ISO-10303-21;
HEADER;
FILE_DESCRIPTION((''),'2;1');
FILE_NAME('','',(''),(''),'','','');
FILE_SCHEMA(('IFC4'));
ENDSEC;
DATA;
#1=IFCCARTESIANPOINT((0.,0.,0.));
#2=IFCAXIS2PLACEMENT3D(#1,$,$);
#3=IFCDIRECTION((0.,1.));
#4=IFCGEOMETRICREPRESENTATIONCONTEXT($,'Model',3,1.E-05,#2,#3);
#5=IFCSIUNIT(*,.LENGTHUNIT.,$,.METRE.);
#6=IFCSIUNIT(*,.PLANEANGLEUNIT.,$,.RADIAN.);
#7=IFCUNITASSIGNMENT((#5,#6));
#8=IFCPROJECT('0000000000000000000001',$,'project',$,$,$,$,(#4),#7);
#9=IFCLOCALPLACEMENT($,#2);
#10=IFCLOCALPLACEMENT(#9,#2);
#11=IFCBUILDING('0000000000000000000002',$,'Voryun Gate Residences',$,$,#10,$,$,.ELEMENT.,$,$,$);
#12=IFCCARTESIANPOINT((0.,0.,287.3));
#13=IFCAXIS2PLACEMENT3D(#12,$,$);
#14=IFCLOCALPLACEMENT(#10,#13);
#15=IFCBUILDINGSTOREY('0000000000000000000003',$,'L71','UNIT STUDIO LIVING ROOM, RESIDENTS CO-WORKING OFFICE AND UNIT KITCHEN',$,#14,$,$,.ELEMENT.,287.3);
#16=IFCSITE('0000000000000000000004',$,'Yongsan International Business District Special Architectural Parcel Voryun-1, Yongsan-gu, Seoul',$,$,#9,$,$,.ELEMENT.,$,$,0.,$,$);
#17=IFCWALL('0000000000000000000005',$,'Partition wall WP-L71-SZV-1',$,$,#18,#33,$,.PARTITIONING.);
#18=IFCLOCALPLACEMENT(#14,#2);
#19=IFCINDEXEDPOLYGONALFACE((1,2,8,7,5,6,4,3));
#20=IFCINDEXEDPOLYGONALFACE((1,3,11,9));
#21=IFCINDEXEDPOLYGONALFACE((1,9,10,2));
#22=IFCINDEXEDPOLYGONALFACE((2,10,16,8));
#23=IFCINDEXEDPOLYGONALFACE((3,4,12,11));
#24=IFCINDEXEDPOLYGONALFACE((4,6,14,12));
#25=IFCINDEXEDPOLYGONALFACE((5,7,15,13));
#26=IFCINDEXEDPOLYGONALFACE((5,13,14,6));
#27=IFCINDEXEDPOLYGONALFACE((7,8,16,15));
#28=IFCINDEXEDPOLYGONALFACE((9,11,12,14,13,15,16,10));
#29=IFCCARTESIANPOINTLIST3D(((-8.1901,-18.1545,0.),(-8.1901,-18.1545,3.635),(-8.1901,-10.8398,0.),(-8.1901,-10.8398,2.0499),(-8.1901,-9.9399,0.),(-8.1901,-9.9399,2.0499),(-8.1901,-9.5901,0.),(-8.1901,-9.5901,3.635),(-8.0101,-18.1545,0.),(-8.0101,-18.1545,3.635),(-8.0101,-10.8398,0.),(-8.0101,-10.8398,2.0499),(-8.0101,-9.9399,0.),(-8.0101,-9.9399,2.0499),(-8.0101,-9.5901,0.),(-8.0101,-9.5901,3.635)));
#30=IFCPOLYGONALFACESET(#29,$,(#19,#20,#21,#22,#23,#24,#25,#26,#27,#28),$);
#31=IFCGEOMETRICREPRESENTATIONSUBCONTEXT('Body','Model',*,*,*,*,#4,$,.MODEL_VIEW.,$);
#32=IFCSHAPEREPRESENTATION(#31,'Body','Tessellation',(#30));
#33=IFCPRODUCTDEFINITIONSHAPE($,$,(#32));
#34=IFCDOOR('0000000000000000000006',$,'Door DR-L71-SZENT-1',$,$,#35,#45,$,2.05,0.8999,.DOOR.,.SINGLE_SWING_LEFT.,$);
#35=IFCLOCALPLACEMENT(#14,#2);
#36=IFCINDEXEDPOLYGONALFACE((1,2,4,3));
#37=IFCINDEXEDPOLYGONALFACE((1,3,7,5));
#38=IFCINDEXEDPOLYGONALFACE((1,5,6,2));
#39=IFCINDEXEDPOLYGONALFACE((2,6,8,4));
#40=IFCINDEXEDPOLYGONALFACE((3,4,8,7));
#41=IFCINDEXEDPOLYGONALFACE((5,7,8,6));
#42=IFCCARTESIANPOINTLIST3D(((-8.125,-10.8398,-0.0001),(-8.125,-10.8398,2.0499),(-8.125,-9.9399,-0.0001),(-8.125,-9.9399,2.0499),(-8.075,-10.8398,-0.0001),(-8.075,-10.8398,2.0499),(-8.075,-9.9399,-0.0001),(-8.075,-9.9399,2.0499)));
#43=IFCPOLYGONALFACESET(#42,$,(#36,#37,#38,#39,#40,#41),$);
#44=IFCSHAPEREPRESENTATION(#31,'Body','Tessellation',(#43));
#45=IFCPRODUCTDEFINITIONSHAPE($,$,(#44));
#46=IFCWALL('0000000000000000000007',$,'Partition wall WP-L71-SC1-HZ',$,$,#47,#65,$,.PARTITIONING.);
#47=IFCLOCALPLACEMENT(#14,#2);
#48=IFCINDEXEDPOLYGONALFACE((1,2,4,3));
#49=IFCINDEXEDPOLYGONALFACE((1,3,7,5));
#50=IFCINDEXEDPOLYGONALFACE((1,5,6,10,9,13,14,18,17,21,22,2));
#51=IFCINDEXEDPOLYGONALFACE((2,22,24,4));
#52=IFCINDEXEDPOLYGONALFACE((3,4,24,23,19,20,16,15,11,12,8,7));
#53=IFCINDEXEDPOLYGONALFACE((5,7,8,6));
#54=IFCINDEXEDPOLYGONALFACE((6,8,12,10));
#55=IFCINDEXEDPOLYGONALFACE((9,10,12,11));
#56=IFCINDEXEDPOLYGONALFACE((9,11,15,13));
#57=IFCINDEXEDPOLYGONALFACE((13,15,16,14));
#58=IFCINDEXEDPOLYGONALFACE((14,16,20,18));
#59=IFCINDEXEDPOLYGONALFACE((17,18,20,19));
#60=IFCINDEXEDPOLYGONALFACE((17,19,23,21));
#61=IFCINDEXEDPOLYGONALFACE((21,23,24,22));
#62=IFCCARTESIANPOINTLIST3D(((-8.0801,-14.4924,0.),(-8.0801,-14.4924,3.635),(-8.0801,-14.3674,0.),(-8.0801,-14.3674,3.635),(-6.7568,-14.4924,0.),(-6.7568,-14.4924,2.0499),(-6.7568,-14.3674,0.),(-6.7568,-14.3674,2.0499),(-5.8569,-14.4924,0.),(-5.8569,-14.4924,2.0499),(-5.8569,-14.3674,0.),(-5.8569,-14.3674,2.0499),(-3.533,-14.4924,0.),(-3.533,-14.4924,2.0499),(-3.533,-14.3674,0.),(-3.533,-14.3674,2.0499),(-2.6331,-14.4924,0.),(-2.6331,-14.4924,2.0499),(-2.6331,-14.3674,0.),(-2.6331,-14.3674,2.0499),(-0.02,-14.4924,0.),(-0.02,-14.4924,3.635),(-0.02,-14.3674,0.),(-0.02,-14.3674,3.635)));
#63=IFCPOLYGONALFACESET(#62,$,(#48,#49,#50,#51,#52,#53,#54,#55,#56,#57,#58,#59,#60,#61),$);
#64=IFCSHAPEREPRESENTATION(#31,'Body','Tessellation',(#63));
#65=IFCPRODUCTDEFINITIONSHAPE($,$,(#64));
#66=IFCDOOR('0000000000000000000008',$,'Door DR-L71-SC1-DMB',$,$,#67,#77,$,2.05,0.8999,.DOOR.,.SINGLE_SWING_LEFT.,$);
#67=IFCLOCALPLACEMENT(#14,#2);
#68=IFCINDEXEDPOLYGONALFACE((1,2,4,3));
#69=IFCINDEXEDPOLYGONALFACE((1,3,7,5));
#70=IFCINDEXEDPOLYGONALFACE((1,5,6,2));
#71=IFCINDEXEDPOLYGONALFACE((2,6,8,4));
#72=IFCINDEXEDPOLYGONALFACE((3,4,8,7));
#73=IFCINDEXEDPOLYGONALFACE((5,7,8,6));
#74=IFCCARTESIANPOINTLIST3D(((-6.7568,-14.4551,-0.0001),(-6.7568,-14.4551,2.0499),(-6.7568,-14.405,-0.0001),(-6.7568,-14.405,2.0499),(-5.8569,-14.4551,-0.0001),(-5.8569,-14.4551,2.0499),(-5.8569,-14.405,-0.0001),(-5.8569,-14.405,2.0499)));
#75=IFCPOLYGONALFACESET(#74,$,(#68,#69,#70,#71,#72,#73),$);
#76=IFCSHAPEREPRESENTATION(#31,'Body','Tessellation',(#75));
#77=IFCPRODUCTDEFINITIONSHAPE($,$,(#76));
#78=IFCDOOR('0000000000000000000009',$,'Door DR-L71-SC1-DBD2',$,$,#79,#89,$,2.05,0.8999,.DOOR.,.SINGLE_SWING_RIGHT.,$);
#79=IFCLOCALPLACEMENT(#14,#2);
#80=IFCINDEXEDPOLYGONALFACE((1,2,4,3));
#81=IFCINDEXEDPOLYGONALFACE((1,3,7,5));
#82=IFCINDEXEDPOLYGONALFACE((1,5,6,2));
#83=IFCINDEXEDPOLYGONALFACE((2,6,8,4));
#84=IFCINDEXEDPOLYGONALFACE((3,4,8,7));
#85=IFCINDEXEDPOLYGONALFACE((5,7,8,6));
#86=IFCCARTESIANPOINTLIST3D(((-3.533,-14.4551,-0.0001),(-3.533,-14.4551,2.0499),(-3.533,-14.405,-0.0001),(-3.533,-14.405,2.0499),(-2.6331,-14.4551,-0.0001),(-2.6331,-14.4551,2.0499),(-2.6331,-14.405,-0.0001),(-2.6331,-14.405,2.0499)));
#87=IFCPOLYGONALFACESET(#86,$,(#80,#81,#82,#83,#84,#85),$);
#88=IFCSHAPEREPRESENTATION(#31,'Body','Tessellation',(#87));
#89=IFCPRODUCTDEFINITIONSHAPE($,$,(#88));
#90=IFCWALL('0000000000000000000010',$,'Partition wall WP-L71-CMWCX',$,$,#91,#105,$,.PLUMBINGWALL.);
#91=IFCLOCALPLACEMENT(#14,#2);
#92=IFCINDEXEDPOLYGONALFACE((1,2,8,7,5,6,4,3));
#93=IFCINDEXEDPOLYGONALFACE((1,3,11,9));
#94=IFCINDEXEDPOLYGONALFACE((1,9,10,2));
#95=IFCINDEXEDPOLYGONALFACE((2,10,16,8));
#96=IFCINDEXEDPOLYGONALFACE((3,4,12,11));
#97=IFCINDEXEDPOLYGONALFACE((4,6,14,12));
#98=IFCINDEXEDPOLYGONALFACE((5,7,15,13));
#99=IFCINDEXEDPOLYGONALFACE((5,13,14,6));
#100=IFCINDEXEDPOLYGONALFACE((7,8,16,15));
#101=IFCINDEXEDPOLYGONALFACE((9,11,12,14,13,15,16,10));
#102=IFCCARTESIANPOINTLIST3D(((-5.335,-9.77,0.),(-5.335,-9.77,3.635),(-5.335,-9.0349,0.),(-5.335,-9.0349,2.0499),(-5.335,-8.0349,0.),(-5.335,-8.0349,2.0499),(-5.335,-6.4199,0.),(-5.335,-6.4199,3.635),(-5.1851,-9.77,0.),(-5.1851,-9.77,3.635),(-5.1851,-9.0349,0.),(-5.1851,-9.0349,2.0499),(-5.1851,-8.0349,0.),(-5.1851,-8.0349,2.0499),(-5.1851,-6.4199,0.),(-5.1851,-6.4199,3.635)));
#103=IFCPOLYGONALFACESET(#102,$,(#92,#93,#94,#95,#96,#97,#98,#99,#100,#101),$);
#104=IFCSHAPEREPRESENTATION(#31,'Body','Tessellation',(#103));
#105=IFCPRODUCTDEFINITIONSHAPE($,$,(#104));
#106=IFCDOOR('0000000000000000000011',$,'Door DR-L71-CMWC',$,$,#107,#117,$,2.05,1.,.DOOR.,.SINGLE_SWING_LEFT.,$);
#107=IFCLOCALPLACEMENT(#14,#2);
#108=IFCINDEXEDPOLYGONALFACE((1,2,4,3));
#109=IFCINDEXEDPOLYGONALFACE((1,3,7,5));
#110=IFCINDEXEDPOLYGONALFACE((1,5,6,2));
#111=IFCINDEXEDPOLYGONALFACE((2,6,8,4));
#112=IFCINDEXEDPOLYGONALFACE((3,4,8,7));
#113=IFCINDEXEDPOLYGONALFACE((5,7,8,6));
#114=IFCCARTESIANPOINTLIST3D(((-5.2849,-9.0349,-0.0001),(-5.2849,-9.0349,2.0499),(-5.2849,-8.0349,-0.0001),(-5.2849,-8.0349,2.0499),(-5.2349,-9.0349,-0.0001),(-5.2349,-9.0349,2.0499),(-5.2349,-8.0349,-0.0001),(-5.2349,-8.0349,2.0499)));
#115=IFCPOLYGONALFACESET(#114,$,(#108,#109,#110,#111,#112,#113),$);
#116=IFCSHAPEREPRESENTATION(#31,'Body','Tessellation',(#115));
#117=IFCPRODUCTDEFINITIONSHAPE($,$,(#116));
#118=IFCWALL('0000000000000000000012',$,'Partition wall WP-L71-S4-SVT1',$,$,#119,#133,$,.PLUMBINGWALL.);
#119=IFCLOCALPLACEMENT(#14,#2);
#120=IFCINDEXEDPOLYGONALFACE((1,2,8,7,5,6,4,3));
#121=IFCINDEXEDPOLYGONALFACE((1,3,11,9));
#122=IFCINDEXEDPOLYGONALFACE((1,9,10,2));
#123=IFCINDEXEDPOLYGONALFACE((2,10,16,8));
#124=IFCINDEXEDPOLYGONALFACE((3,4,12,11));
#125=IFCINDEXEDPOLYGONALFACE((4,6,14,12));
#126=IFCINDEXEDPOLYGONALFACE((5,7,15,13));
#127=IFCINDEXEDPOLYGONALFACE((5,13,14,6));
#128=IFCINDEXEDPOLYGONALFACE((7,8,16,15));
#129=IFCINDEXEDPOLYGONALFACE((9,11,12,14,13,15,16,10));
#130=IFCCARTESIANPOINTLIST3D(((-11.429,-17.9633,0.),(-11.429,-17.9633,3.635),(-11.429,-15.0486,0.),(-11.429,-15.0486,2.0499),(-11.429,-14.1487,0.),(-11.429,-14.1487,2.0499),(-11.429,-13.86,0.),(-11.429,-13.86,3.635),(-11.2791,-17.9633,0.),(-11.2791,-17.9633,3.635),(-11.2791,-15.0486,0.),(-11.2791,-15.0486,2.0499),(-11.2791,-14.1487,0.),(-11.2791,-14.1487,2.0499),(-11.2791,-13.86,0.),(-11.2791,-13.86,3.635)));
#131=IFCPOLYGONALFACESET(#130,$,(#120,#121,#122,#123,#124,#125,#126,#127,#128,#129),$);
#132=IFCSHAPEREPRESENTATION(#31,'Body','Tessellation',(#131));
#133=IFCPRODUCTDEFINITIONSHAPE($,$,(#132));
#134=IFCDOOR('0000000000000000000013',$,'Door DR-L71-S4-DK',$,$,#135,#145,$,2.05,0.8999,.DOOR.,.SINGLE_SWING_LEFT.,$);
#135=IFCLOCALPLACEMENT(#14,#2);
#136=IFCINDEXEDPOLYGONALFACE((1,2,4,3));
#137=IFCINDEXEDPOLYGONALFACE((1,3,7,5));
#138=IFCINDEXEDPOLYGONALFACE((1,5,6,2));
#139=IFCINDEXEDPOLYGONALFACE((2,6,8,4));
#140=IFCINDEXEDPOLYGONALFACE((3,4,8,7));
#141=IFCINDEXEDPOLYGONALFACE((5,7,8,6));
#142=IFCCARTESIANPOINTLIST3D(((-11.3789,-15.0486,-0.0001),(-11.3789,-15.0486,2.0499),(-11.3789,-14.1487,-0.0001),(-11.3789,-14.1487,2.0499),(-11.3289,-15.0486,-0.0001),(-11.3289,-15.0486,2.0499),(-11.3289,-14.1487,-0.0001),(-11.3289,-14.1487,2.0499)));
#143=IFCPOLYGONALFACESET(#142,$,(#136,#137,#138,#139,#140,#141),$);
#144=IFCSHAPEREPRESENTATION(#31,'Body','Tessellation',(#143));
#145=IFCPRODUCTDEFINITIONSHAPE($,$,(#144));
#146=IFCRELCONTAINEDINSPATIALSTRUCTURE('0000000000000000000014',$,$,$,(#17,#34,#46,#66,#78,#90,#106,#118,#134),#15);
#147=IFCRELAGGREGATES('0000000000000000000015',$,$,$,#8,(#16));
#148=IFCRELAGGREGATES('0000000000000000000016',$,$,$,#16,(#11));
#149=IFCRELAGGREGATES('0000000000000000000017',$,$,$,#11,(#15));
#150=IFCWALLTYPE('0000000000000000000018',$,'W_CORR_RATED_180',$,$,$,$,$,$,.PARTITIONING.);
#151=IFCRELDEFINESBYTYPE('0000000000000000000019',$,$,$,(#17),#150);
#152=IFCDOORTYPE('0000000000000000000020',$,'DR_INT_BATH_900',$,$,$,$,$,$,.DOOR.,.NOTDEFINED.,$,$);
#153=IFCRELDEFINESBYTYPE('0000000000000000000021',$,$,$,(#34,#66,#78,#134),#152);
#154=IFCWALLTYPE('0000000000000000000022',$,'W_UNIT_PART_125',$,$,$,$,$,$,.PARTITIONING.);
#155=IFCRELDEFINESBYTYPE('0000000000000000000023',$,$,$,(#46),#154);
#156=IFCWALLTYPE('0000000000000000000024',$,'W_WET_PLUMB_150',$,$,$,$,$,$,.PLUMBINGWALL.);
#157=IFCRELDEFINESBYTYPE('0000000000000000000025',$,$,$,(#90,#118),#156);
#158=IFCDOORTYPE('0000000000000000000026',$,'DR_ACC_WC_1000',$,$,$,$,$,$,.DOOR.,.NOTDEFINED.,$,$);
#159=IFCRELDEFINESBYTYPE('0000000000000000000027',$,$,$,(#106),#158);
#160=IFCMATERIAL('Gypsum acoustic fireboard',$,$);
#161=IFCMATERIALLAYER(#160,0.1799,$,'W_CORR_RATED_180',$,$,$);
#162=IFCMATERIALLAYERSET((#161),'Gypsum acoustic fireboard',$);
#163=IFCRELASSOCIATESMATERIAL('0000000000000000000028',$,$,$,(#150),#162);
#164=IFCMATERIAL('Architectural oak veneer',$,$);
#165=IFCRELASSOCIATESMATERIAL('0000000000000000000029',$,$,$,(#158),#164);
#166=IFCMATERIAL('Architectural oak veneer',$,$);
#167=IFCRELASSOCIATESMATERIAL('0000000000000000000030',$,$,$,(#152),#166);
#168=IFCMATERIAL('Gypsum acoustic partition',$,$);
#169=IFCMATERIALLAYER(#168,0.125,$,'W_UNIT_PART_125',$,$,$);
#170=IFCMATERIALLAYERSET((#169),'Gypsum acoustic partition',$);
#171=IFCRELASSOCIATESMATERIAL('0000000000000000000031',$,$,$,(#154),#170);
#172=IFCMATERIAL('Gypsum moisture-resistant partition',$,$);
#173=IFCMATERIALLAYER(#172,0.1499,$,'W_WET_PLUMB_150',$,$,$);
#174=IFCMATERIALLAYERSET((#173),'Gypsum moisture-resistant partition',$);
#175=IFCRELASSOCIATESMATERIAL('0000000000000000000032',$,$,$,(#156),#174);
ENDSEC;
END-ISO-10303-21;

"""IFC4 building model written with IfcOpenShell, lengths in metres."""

from ifc_helpers import new_model, si_unit, direction, frame, frame_2d, origin, place, context, subcontext, project, spatial, rectangle, extrude, material, layer, layer_set, type_object, element, fill, save


model = new_model("IFC4")

# Units and contexts
model_context = context("Model", 3, precision=1e-05, world=origin(), true_north=direction((0.0, 1.0)))
body_context = subcontext(model_context, "Body", "Model", "MODEL_VIEW")
ifc_project = project(units=[si_unit("LENGTHUNIT", "METRE"), si_unit("PLANEANGLEUNIT", "RADIAN")], contexts=[model_context])

# Site, building, storey
site_placement = place(None, origin())
site = spatial("IfcSite", under=ifc_project, at=site_placement, Name="Yongsan International Business District Special Architectural Parcel Voryun-1, Yongsan-gu, Seoul", CompositionType="ELEMENT", RefElevation=0.0)
building_placement = place(site_placement, origin())
building = spatial("IfcBuilding", under=site, at=building_placement, Name="Voryun Gate Residences", CompositionType="ELEMENT")
storey_placement = place(building_placement, frame((0.0, 0.0, 287.3)))
storey = spatial("IfcBuildingStorey", under=building, at=storey_placement, Name="L71", Description="UNIT STUDIO LIVING ROOM, RESIDENTS CO-WORKING OFFICE AND UNIT KITCHEN", CompositionType="ELEMENT", Elevation=287.3)

# Shared definitions
ifc_material_1 = material(Name="Gypsum acoustic fireboard")
ifc_layer_1 = layer(ifc_material_1, 0.1799, Name="W_CORR_RATED_180")
ifc_layer_set_1 = layer_set([ifc_layer_1], Name="Gypsum acoustic fireboard")
wall_type_1 = type_object("IfcWallType", Name="W_CORR_RATED_180", PredefinedType="PARTITIONING", material=ifc_layer_set_1)

# Shared definitions
ifc_material_2 = material(Name="Architectural oak veneer")
door_type_1 = type_object("IfcDoorType", Name="DR_ACC_WC_1000", OperationType="NOTDEFINED", PredefinedType="DOOR", material=ifc_material_2)

# Wall, opening, door
wall_1_placement = place(storey_placement, frame((-8.1001, -18.1545, 0.0), z_axis=(0.0, 0.0, 1.0), x_axis=(0.0, 1.0, 0.0)))
wall_1 = element("IfcWall", 1, at=wall_1_placement, inside=storey, type_object=wall_type_1, Name="Partition wall WP-L71-SZV-1", PredefinedType="PARTITIONING", context=body_context, shape_type="SweptSolid", body=[
    extrude(rectangle(XDim=8.5645, YDim=0.1799, at=frame_2d((4.2822, 0.0))), origin(), (0.0, 0.0, 1.0), 3.635),
])
opening_1_placement = place(wall_1_placement, frame((7.3147, 0.0, 0.0)))
opening_1 = element("IfcOpeningElement", 2, at=opening_1_placement, cuts=wall_1, PredefinedType="OPENING", context=body_context, shape_type="SweptSolid", body=[
    extrude(rectangle(XDim=0.8999, YDim=2.05, at=frame_2d((0.45, 1.0249))), frame((0.0, 0.0999, 0.0), z_axis=(0.0, -1.0, 0.0), x_axis=(1.0, 0.0, 0.0)), (0.0, 0.0, 1.0), 0.2),
])
ifc_material_3 = material(Name="Architectural oak veneer")
door_type_2 = type_object("IfcDoorType", Name="DR_INT_BATH_900", OperationType="NOTDEFINED", PredefinedType="DOOR", material=ifc_material_3)
door_1_placement = place(opening_1_placement, origin())
door_1 = element("IfcDoor", 3, at=door_1_placement, inside=storey, type_object=door_type_2, Name="Door DR-L71-SZENT-1", OperationType="SINGLE_SWING_LEFT", OverallHeight=2.05, OverallWidth=0.8999, PredefinedType="DOOR", context=body_context, shape_type="SweptSolid", body=[
    extrude(rectangle(XDim=0.8999, YDim=2.05, at=frame_2d((0.45, 1.0249))), frame((0.0, 0.0249, 0.0), z_axis=(0.0, -1.0, 0.0), x_axis=(1.0, 0.0, 0.0)), (0.0, 0.0, 1.0), 0.05),
])
fill(opening_1, door_1)

# Wall, openings, doors
ifc_material_4 = material(Name="Gypsum acoustic partition")
ifc_layer_2 = layer(ifc_material_4, 0.125, Name="W_UNIT_PART_125")
ifc_layer_set_2 = layer_set([ifc_layer_2], Name="Gypsum acoustic partition")
wall_type_2 = type_object("IfcWallType", Name="W_UNIT_PART_125", PredefinedType="PARTITIONING", material=ifc_layer_set_2)
wall_2_placement = place(storey_placement, frame((-8.0801, -14.4299, 0.0), z_axis=(0.0, 0.0, 1.0), x_axis=(1.0, 0.0, 0.0)))
wall_2 = element("IfcWall", 4, at=wall_2_placement, inside=storey, type_object=wall_type_2, Name="Partition wall WP-L71-SC1-HZ", PredefinedType="PARTITIONING", context=body_context, shape_type="SweptSolid", body=[
    extrude(rectangle(XDim=8.0601, YDim=0.125, at=frame_2d((4.03, 0.0))), origin(), (0.0, 0.0, 1.0), 3.635),
])
opening_2_placement = place(wall_2_placement, frame((1.3232, 0.0, 0.0)))
opening_2 = element("IfcOpeningElement", 5, at=opening_2_placement, cuts=wall_2, PredefinedType="OPENING", context=body_context, shape_type="SweptSolid", body=[
    extrude(rectangle(XDim=0.8999, YDim=2.05, at=frame_2d((0.45, 1.0249))), frame((0.0, 0.0725, 0.0), z_axis=(0.0, -1.0, 0.0), x_axis=(1.0, 0.0, 0.0)), (0.0, 0.0, 1.0), 0.145),
])
opening_3_placement = place(wall_2_placement, frame((4.5471, 0.0, 0.0)))
opening_3 = element("IfcOpeningElement", 6, at=opening_3_placement, cuts=wall_2, PredefinedType="OPENING", context=body_context, shape_type="SweptSolid", body=[
    extrude(rectangle(XDim=0.8999, YDim=2.05, at=frame_2d((0.45, 1.0249))), frame((0.0, 0.0725, 0.0), z_axis=(0.0, -1.0, 0.0), x_axis=(1.0, 0.0, 0.0)), (0.0, 0.0, 1.0), 0.145),
])
door_2_placement = place(opening_2_placement, origin())
door_2 = element("IfcDoor", 7, at=door_2_placement, inside=storey, type_object=door_type_2, Name="Door DR-L71-SC1-DMB", OperationType="SINGLE_SWING_LEFT", OverallHeight=2.05, OverallWidth=0.8999, PredefinedType="DOOR", context=body_context, shape_type="SweptSolid", body=[
    extrude(rectangle(XDim=0.8999, YDim=2.05, at=frame_2d((0.45, 1.0249))), frame((0.0, 0.0249, 0.0), z_axis=(0.0, -1.0, 0.0), x_axis=(1.0, 0.0, 0.0)), (0.0, 0.0, 1.0), 0.05),
])
fill(opening_2, door_2)
door_3_placement = place(opening_3_placement, origin())
door_3 = element("IfcDoor", 8, at=door_3_placement, inside=storey, type_object=door_type_2, Name="Door DR-L71-SC1-DBD2", OperationType="SINGLE_SWING_RIGHT", OverallHeight=2.05, OverallWidth=0.8999, PredefinedType="DOOR", context=body_context, shape_type="SweptSolid", body=[
    extrude(rectangle(XDim=0.8999, YDim=2.05, at=frame_2d((0.45, 1.0249))), frame((0.0, 0.0249, 0.0), z_axis=(0.0, -1.0, 0.0), x_axis=(1.0, 0.0, 0.0)), (0.0, 0.0, 1.0), 0.05),
])
fill(opening_3, door_3)

# Walls, openings, doors
ifc_material_5 = material(Name="Gypsum moisture-resistant partition")
ifc_layer_3 = layer(ifc_material_5, 0.1499, Name="W_WET_PLUMB_150")
ifc_layer_set_3 = layer_set([ifc_layer_3], Name="Gypsum moisture-resistant partition")
wall_type_3 = type_object("IfcWallType", Name="W_WET_PLUMB_150", PredefinedType="PLUMBINGWALL", material=ifc_layer_set_3)
wall_3_placement = place(storey_placement, frame((-5.26, -9.77, 0.0), z_axis=(0.0, 0.0, 1.0), x_axis=(0.0, 1.0, 0.0)))
wall_3 = element("IfcWall", 9, at=wall_3_placement, inside=storey, type_object=wall_type_3, Name="Partition wall WP-L71-CMWCX", PredefinedType="PLUMBINGWALL", context=body_context, shape_type="SweptSolid", body=[
    extrude(rectangle(XDim=3.3501, YDim=0.1499, at=frame_2d((1.675, 0.0))), origin(), (0.0, 0.0, 1.0), 3.635),
])
opening_4_placement = place(wall_3_placement, frame((0.7351, 0.0, 0.0)))
opening_4 = element("IfcOpeningElement", 10, at=opening_4_placement, cuts=wall_3, PredefinedType="OPENING", context=body_context, shape_type="SweptSolid", body=[
    extrude(rectangle(XDim=1.0, YDim=2.05, at=frame_2d((0.5, 1.0249))), frame((0.0, 0.085, 0.0), z_axis=(0.0, -1.0, 0.0), x_axis=(1.0, 0.0, 0.0)), (0.0, 0.0, 1.0), 0.1699),
])
door_4_placement = place(opening_4_placement, origin())
door_4 = element("IfcDoor", 11, at=door_4_placement, inside=storey, type_object=door_type_1, Name="Door DR-L71-CMWC", OperationType="SINGLE_SWING_LEFT", OverallHeight=2.05, OverallWidth=1.0, PredefinedType="DOOR", context=body_context, shape_type="SweptSolid", body=[
    extrude(rectangle(XDim=1.0, YDim=2.05, at=frame_2d((0.5, 1.0249))), frame((0.0, 0.0249, 0.0), z_axis=(0.0, -1.0, 0.0), x_axis=(1.0, 0.0, 0.0)), (0.0, 0.0, 1.0), 0.05),
])
fill(opening_4, door_4)
wall_4_placement = place(storey_placement, frame((-11.354, -17.9634, 0.0), z_axis=(0.0, 0.0, 1.0), x_axis=(0.0, 1.0, 0.0)))
wall_4 = element("IfcWall", 12, at=wall_4_placement, inside=storey, type_object=wall_type_3, Name="Partition wall WP-L71-S4-SVT1", PredefinedType="PLUMBINGWALL", context=body_context, shape_type="SweptSolid", body=[
    extrude(rectangle(XDim=4.1033, YDim=0.1499, at=frame_2d((2.0518, 0.0))), origin(), (0.0, 0.0, 1.0), 3.635),
])
opening_5_placement = place(wall_4_placement, frame((2.9148, 0.0, 0.0)))
opening_5 = element("IfcOpeningElement", 13, at=opening_5_placement, cuts=wall_4, PredefinedType="OPENING", context=body_context, shape_type="SweptSolid", body=[
    extrude(rectangle(XDim=0.8999, YDim=2.05, at=frame_2d((0.45, 1.0249))), frame((0.0, 0.085, 0.0), z_axis=(0.0, -1.0, 0.0), x_axis=(1.0, 0.0, 0.0)), (0.0, 0.0, 1.0), 0.1699),
])
door_5_placement = place(opening_5_placement, origin())
door_5 = element("IfcDoor", 14, at=door_5_placement, inside=storey, type_object=door_type_2, Name="Door DR-L71-S4-DK", OperationType="SINGLE_SWING_LEFT", OverallHeight=2.05, OverallWidth=0.8999, PredefinedType="DOOR", context=body_context, shape_type="SweptSolid", body=[
    extrude(rectangle(XDim=0.8999, YDim=2.05, at=frame_2d((0.45, 1.0249))), frame((0.0, 0.0249, 0.0), z_axis=(0.0, -1.0, 0.0), x_axis=(1.0, 0.0, 0.0)), (0.0, 0.0, 1.0), 0.05),
])
fill(opening_5, door_5)

save(model, "model.ifc")
